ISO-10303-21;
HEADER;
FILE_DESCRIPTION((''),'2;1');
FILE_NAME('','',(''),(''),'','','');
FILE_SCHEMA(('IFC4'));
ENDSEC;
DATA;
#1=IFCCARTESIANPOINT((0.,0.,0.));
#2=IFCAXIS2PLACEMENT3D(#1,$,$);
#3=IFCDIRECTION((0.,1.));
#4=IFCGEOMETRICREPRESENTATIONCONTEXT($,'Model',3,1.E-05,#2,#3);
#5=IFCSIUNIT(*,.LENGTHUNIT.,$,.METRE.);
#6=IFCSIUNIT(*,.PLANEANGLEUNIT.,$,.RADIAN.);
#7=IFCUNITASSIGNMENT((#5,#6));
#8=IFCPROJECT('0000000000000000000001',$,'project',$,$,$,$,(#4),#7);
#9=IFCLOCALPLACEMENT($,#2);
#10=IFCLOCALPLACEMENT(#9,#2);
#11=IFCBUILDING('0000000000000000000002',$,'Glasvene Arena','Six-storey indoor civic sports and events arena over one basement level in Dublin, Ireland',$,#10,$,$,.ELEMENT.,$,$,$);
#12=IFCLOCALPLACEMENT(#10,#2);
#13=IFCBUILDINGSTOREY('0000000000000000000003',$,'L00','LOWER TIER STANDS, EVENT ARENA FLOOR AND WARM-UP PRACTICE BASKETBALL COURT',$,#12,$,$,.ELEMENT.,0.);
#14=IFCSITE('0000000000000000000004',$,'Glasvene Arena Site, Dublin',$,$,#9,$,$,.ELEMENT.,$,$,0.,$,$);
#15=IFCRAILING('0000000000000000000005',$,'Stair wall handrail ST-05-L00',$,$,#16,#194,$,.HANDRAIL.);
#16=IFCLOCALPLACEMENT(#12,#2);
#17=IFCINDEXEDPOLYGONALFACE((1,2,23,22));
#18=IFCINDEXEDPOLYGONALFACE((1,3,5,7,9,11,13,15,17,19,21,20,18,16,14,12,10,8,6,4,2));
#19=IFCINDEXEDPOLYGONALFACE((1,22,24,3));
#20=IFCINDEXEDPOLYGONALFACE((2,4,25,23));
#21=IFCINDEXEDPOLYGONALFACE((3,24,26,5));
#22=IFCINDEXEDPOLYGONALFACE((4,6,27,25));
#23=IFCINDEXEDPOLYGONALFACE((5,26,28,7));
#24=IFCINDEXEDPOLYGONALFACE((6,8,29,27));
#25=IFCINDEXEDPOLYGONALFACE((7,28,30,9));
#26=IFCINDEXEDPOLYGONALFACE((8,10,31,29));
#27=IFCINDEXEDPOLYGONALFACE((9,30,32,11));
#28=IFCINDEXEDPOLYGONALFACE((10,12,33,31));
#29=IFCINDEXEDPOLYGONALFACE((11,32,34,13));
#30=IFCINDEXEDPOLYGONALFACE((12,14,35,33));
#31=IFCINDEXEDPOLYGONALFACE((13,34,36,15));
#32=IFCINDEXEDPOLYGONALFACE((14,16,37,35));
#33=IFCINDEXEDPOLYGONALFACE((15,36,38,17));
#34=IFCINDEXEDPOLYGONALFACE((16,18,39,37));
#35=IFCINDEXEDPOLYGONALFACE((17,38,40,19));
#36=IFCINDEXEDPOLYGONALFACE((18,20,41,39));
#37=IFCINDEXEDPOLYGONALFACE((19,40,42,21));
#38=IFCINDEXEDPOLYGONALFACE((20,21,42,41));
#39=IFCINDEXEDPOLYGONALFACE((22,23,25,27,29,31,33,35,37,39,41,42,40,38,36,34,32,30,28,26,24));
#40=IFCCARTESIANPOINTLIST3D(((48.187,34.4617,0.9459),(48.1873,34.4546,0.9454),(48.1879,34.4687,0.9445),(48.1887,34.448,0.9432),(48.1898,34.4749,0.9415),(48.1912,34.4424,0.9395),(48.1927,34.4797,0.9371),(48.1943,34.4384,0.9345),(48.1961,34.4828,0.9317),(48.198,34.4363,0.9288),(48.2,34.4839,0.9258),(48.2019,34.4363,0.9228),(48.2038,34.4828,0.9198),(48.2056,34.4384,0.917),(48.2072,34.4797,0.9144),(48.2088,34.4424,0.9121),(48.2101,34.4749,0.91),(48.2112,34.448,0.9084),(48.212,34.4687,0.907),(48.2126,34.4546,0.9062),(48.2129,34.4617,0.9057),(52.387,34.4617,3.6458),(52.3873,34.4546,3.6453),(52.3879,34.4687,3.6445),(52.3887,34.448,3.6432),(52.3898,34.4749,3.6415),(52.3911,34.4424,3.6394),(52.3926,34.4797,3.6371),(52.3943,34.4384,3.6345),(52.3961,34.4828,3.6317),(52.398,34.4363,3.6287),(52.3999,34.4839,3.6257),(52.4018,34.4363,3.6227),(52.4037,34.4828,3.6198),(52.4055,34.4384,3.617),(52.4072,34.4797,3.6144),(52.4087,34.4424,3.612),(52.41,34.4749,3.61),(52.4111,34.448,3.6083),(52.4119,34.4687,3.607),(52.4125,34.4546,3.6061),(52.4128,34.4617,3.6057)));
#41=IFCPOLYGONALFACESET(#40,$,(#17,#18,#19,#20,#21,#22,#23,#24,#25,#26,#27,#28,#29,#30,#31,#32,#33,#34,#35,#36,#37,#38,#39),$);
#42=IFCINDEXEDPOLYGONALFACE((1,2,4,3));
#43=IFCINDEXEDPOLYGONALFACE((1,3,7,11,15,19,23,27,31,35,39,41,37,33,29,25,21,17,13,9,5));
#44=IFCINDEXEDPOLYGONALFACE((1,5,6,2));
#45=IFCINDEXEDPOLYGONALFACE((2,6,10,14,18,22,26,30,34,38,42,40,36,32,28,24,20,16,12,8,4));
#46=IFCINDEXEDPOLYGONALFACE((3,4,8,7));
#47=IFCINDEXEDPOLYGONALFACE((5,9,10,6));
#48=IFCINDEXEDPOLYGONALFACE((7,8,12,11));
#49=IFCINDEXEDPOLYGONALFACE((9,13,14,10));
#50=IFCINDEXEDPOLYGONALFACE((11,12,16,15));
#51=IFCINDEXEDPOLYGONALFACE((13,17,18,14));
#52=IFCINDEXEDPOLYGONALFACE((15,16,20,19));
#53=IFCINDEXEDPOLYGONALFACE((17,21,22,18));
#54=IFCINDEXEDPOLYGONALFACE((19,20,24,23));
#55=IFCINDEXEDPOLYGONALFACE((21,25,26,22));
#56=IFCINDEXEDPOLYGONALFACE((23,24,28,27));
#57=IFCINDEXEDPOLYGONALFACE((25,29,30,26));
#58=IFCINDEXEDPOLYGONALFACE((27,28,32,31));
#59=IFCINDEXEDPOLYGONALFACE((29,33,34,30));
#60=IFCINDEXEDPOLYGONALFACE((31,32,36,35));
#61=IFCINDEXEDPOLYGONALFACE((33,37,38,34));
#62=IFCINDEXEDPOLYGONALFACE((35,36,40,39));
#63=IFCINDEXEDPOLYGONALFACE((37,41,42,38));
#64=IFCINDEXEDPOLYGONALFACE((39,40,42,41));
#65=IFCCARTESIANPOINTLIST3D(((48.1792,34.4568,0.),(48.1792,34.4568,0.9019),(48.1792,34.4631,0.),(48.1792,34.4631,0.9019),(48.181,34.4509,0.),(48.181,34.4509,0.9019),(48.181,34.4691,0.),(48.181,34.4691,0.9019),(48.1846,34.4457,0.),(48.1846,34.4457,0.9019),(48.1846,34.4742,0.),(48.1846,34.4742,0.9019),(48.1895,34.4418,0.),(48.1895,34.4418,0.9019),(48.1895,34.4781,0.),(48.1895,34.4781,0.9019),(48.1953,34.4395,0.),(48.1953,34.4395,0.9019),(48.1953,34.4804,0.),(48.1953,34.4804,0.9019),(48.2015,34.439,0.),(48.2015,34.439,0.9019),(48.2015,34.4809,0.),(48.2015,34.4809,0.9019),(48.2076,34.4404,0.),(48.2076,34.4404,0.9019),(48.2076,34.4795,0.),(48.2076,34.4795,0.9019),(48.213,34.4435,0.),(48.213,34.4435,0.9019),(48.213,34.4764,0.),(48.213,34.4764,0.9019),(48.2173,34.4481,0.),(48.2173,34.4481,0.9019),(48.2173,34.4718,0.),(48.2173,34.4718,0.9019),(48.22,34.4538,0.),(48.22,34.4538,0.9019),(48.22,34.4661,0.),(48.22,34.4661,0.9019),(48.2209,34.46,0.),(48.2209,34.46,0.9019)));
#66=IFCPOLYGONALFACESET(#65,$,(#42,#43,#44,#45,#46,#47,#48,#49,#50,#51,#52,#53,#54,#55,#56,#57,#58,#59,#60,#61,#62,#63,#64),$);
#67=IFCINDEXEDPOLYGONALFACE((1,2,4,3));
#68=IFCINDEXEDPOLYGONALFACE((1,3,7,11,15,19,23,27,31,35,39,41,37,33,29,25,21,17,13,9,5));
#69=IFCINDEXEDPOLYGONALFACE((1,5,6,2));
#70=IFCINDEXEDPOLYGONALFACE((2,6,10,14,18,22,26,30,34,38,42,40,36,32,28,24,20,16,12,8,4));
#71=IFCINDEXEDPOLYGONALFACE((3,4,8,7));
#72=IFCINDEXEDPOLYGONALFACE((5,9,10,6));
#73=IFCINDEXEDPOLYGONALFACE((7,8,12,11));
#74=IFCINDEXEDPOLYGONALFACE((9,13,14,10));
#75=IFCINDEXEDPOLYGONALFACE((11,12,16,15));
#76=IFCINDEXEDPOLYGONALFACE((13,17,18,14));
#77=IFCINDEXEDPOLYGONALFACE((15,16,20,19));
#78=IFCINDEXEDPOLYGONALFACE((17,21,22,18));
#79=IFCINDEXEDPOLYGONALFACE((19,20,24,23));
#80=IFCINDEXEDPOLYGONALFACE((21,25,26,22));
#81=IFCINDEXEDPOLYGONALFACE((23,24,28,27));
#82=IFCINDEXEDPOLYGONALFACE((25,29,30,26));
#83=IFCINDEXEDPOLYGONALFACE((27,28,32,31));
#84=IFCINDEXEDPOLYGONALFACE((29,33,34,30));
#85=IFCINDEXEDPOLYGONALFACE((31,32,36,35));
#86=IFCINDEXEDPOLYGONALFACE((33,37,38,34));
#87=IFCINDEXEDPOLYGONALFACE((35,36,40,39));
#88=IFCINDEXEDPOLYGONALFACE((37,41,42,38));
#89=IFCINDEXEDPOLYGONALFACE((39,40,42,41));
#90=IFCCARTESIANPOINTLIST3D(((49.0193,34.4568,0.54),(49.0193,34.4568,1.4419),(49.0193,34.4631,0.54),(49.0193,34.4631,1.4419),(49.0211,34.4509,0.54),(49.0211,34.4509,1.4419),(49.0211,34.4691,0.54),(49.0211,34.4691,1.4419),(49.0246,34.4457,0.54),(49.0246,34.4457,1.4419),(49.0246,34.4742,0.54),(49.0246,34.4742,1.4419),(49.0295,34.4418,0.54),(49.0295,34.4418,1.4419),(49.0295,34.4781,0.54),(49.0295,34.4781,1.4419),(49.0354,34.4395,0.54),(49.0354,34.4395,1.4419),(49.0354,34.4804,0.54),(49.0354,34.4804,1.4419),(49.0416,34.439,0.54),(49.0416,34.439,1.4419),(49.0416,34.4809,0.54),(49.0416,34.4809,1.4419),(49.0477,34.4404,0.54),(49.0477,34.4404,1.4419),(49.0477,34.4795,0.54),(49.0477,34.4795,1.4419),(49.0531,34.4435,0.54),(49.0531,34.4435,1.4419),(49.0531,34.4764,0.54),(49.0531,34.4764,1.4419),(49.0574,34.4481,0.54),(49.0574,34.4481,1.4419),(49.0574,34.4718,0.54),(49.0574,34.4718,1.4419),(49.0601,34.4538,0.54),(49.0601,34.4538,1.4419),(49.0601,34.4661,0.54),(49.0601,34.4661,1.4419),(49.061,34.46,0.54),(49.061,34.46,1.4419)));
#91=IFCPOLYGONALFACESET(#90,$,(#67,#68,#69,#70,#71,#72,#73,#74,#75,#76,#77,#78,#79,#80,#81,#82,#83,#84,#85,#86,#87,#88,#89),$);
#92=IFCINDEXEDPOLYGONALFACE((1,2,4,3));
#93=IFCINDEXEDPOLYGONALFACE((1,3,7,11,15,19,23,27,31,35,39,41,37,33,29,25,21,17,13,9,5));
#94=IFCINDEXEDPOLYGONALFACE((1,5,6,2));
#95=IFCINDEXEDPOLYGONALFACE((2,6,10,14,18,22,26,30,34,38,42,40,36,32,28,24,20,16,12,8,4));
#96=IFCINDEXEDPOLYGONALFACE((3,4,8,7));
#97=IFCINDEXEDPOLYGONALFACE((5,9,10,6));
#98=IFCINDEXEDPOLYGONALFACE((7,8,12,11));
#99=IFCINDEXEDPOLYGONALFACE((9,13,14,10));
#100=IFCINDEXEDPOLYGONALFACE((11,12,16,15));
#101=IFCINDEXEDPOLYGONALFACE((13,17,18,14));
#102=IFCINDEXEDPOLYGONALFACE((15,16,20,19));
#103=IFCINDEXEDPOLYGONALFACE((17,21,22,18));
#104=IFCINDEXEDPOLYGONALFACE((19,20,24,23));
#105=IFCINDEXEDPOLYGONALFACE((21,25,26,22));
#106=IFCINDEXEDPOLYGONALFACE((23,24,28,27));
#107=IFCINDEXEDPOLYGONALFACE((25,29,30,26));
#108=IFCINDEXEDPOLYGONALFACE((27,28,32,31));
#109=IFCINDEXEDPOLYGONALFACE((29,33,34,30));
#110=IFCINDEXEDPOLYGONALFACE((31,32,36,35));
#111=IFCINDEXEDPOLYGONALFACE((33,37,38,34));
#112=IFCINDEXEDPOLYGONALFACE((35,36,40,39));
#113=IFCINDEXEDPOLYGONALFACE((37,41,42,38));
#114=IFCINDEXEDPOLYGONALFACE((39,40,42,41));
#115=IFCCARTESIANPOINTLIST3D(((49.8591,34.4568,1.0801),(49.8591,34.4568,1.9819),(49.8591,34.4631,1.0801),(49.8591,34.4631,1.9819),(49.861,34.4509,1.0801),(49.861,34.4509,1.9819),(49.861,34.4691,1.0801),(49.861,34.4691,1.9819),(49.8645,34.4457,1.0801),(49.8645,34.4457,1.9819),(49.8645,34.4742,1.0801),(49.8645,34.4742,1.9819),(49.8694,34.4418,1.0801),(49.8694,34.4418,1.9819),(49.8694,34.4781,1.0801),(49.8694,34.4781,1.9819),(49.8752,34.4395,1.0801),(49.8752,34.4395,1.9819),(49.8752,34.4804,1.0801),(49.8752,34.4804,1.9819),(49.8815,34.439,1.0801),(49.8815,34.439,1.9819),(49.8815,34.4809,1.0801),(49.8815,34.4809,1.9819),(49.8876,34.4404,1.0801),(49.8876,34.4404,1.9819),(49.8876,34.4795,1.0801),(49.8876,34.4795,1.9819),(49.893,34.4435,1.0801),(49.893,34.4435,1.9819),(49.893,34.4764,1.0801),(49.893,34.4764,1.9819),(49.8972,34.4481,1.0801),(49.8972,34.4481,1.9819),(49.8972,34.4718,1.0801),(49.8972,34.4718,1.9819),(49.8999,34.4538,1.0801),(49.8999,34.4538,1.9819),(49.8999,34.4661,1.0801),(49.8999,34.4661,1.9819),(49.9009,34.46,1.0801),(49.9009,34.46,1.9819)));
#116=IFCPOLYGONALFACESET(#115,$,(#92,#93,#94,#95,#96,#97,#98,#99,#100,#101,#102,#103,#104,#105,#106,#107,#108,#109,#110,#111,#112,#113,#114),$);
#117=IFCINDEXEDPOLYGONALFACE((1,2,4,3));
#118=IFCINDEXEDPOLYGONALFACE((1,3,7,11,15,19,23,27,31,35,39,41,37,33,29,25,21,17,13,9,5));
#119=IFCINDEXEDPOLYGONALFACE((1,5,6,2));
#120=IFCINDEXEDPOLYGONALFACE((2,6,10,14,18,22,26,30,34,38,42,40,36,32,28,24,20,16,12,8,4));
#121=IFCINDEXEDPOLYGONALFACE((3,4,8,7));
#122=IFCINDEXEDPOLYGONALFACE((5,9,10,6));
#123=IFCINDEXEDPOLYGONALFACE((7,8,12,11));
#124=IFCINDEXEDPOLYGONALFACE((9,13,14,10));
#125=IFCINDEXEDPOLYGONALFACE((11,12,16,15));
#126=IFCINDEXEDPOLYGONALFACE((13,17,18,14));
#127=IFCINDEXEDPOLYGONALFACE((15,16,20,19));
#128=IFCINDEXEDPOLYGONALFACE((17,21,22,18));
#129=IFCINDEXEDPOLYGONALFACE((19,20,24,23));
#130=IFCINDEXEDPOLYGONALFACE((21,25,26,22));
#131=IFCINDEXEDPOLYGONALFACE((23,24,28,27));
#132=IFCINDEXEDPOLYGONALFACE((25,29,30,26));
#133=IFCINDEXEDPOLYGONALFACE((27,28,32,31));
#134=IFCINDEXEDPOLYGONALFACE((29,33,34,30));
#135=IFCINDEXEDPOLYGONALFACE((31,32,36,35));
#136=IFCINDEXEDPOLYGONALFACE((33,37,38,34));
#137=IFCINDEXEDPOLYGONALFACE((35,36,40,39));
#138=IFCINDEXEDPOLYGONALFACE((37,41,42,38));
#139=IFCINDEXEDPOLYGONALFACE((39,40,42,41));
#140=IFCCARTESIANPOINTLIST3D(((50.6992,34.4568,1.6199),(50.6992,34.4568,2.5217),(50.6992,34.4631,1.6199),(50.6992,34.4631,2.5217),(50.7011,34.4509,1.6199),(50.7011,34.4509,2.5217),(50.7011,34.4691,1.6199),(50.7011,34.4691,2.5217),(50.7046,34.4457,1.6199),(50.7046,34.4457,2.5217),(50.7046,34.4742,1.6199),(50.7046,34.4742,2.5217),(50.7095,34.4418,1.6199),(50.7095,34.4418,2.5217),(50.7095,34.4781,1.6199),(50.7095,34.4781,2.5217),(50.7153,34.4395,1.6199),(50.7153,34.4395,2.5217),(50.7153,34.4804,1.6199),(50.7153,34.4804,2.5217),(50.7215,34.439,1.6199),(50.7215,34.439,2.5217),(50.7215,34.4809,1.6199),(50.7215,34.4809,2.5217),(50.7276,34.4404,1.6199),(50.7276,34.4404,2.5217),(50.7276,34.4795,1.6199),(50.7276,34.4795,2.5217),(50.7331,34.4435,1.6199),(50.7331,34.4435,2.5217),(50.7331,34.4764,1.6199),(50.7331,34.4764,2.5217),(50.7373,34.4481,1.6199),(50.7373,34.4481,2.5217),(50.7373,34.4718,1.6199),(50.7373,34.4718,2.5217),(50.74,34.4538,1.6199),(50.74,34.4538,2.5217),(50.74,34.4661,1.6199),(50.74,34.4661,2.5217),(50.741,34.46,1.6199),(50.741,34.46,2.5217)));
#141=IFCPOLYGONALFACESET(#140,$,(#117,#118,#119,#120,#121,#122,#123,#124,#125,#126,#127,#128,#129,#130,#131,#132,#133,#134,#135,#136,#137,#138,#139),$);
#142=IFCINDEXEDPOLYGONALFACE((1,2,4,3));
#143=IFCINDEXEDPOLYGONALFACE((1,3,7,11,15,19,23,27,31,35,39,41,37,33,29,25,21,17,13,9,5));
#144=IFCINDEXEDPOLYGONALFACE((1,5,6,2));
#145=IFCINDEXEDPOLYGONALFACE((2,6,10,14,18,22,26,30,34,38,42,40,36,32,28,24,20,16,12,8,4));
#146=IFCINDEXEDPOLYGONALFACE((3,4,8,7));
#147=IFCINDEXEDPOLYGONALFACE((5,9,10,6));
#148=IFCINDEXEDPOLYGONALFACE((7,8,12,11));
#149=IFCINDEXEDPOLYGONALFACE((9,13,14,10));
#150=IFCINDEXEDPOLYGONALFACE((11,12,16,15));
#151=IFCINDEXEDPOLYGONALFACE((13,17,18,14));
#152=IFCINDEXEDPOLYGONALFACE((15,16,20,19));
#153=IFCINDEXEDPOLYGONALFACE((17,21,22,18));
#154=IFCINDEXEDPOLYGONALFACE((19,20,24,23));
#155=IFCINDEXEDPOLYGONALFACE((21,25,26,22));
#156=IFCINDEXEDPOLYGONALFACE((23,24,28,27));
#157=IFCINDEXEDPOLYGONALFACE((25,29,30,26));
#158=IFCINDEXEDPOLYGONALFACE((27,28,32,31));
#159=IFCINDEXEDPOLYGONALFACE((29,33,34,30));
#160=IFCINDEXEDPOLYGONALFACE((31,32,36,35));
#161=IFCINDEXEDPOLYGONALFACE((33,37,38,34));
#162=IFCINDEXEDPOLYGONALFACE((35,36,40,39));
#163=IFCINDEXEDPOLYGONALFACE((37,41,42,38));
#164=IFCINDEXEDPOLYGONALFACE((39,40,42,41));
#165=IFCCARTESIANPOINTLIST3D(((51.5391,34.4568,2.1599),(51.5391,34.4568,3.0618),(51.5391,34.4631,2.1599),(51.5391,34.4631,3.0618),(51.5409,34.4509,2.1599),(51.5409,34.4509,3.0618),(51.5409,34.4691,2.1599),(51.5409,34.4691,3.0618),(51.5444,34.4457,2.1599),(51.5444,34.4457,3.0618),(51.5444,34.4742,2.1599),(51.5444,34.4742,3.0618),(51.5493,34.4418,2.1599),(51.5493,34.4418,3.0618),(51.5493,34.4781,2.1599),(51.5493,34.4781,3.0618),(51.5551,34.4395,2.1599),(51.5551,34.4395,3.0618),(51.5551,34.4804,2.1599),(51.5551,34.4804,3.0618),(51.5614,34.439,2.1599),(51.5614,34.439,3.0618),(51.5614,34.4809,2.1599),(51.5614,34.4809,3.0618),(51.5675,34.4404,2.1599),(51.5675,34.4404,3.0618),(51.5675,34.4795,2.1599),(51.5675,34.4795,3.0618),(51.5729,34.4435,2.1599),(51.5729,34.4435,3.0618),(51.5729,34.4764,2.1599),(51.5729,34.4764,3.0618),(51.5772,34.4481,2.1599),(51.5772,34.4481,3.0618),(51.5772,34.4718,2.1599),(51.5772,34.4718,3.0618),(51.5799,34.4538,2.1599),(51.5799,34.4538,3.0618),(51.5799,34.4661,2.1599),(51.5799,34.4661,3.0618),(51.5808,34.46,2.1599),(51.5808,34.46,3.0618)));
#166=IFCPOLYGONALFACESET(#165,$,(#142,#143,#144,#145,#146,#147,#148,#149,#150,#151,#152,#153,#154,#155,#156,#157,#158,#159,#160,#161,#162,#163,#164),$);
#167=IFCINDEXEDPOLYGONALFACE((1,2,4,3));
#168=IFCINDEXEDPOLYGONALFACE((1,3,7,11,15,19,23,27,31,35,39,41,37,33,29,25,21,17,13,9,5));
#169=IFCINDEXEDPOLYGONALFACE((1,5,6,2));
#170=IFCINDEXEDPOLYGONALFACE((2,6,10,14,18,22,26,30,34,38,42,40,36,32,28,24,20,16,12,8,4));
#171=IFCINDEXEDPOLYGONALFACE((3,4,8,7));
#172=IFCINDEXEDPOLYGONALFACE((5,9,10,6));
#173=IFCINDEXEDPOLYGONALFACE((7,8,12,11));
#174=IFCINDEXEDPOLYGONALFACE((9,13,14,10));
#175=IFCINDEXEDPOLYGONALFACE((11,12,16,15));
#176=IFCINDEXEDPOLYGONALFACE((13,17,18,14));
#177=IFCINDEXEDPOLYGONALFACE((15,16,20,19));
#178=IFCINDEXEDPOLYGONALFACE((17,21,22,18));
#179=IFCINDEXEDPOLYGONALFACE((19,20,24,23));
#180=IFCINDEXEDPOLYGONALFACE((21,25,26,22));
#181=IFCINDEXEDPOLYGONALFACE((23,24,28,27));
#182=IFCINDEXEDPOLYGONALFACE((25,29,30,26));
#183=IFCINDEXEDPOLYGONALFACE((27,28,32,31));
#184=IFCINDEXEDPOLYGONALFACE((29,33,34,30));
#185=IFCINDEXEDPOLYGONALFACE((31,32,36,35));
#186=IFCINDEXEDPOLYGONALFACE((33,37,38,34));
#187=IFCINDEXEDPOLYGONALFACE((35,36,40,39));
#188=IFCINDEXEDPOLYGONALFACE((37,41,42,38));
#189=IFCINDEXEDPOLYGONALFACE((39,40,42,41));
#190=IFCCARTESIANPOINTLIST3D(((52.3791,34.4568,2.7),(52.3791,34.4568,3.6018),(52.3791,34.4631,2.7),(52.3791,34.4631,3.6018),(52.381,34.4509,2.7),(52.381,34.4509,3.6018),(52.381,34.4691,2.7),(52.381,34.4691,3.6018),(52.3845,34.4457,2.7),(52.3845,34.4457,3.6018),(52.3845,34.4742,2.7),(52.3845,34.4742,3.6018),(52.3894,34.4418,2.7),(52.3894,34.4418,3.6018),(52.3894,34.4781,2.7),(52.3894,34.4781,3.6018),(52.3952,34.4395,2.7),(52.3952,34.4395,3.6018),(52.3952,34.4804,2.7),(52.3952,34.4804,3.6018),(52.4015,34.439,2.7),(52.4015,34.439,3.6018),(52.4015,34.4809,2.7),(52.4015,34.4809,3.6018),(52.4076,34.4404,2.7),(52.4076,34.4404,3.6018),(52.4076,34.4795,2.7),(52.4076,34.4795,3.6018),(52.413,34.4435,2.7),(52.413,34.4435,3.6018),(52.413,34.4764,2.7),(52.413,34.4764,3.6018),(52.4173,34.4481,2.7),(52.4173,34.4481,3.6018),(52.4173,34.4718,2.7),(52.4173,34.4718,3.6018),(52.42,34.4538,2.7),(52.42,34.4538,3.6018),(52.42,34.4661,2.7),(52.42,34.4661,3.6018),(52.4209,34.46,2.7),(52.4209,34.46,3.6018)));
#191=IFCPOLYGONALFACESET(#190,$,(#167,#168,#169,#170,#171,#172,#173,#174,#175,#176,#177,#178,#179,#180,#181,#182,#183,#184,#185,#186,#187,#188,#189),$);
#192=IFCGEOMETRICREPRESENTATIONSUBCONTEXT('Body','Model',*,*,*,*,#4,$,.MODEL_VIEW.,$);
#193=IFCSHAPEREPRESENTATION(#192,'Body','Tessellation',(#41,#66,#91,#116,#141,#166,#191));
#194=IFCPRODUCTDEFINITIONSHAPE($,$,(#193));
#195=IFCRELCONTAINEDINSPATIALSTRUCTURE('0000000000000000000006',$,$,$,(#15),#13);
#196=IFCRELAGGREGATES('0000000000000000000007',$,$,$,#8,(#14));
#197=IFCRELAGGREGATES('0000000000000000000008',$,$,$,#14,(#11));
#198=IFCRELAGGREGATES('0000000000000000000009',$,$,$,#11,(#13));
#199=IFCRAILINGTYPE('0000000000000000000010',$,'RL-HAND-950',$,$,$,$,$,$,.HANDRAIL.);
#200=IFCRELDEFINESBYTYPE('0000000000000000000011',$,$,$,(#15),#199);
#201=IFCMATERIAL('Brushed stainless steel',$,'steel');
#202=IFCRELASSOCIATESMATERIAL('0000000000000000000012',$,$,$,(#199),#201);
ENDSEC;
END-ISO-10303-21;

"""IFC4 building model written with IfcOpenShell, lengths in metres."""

from ifc_helpers import new_model, si_unit, direction, frame, origin, origin_2d, place, context, subcontext, project, spatial, circle, extrude, material, type_object, element, save


model = new_model("IFC4")

# Units and contexts
model_context = context("Model", 3, precision=1e-05, world=origin(), true_north=direction((0.0, 1.0)))
body_context = subcontext(model_context, "Body", "Model", "MODEL_VIEW")
ifc_project = project(units=[si_unit("LENGTHUNIT", "METRE"), si_unit("PLANEANGLEUNIT", "RADIAN")], contexts=[model_context])

# Site, building, storey
site_placement = place(None, origin())
site = spatial("IfcSite", under=ifc_project, at=site_placement, Name="Glasvene Arena Site, Dublin", CompositionType="ELEMENT", RefElevation=0.0)
building_placement = place(site_placement, origin())
building = spatial("IfcBuilding", under=site, at=building_placement, Name="Glasvene Arena", Description="Six-storey indoor civic sports and events arena over one basement level in Dublin, Ireland", CompositionType="ELEMENT")
storey_placement = place(building_placement, origin())
storey = spatial("IfcBuildingStorey", under=building, at=storey_placement, Name="L00", Description="LOWER TIER STANDS, EVENT ARENA FLOOR AND WARM-UP PRACTICE BASKETBALL COURT", CompositionType="ELEMENT", Elevation=0.0)

# Shared definitions
ifc_material_1 = material(Name="Brushed stainless steel", Category="steel")

# Railing
railing_type_1 = type_object("IfcRailingType", Name="RL-HAND-950", PredefinedType="HANDRAIL", material=ifc_material_1)
railing_1_placement = place(storey_placement, frame((48.2, 34.46, 0.0)))
element("IfcRailing", 1, at=railing_1_placement, inside=storey, type_object=railing_type_1, Name="Stair wall handrail ST-05-L00", PredefinedType="HANDRAIL", context=body_context, shape_type="SweptSolid", body=[
    extrude(circle(Radius=0.0239, at=origin_2d()), frame((0.0, 0.0, 0.9258), z_axis=(0.84118, 0.0, 0.540755), x_axis=(0.0, 1.0, 0.0)), (0.0, 0.0, 1.0), 4.9929),
    extrude(circle(Radius=0.021, at=origin_2d()), origin(), (0.0, 0.0, 1.0), 0.9019),
    extrude(circle(Radius=0.021, at=origin_2d()), frame((0.8401, 0.0, 0.54)), (0.0, 0.0, 1.0), 0.9019),
    extrude(circle(Radius=0.021, at=origin_2d()), frame((1.6799, 0.0, 1.0801)), (0.0, 0.0, 1.0), 0.9019),
    extrude(circle(Radius=0.021, at=origin_2d()), frame((2.52, 0.0, 1.6199)), (0.0, 0.0, 1.0), 0.9019),
    extrude(circle(Radius=0.021, at=origin_2d()), frame((3.3599, 0.0, 2.1599)), (0.0, 0.0, 1.0), 0.9019),
    extrude(circle(Radius=0.021, at=origin_2d()), frame((4.2, 0.0, 2.7)), (0.0, 0.0, 1.0), 0.9019),
])

save(model, "model.ifc")
